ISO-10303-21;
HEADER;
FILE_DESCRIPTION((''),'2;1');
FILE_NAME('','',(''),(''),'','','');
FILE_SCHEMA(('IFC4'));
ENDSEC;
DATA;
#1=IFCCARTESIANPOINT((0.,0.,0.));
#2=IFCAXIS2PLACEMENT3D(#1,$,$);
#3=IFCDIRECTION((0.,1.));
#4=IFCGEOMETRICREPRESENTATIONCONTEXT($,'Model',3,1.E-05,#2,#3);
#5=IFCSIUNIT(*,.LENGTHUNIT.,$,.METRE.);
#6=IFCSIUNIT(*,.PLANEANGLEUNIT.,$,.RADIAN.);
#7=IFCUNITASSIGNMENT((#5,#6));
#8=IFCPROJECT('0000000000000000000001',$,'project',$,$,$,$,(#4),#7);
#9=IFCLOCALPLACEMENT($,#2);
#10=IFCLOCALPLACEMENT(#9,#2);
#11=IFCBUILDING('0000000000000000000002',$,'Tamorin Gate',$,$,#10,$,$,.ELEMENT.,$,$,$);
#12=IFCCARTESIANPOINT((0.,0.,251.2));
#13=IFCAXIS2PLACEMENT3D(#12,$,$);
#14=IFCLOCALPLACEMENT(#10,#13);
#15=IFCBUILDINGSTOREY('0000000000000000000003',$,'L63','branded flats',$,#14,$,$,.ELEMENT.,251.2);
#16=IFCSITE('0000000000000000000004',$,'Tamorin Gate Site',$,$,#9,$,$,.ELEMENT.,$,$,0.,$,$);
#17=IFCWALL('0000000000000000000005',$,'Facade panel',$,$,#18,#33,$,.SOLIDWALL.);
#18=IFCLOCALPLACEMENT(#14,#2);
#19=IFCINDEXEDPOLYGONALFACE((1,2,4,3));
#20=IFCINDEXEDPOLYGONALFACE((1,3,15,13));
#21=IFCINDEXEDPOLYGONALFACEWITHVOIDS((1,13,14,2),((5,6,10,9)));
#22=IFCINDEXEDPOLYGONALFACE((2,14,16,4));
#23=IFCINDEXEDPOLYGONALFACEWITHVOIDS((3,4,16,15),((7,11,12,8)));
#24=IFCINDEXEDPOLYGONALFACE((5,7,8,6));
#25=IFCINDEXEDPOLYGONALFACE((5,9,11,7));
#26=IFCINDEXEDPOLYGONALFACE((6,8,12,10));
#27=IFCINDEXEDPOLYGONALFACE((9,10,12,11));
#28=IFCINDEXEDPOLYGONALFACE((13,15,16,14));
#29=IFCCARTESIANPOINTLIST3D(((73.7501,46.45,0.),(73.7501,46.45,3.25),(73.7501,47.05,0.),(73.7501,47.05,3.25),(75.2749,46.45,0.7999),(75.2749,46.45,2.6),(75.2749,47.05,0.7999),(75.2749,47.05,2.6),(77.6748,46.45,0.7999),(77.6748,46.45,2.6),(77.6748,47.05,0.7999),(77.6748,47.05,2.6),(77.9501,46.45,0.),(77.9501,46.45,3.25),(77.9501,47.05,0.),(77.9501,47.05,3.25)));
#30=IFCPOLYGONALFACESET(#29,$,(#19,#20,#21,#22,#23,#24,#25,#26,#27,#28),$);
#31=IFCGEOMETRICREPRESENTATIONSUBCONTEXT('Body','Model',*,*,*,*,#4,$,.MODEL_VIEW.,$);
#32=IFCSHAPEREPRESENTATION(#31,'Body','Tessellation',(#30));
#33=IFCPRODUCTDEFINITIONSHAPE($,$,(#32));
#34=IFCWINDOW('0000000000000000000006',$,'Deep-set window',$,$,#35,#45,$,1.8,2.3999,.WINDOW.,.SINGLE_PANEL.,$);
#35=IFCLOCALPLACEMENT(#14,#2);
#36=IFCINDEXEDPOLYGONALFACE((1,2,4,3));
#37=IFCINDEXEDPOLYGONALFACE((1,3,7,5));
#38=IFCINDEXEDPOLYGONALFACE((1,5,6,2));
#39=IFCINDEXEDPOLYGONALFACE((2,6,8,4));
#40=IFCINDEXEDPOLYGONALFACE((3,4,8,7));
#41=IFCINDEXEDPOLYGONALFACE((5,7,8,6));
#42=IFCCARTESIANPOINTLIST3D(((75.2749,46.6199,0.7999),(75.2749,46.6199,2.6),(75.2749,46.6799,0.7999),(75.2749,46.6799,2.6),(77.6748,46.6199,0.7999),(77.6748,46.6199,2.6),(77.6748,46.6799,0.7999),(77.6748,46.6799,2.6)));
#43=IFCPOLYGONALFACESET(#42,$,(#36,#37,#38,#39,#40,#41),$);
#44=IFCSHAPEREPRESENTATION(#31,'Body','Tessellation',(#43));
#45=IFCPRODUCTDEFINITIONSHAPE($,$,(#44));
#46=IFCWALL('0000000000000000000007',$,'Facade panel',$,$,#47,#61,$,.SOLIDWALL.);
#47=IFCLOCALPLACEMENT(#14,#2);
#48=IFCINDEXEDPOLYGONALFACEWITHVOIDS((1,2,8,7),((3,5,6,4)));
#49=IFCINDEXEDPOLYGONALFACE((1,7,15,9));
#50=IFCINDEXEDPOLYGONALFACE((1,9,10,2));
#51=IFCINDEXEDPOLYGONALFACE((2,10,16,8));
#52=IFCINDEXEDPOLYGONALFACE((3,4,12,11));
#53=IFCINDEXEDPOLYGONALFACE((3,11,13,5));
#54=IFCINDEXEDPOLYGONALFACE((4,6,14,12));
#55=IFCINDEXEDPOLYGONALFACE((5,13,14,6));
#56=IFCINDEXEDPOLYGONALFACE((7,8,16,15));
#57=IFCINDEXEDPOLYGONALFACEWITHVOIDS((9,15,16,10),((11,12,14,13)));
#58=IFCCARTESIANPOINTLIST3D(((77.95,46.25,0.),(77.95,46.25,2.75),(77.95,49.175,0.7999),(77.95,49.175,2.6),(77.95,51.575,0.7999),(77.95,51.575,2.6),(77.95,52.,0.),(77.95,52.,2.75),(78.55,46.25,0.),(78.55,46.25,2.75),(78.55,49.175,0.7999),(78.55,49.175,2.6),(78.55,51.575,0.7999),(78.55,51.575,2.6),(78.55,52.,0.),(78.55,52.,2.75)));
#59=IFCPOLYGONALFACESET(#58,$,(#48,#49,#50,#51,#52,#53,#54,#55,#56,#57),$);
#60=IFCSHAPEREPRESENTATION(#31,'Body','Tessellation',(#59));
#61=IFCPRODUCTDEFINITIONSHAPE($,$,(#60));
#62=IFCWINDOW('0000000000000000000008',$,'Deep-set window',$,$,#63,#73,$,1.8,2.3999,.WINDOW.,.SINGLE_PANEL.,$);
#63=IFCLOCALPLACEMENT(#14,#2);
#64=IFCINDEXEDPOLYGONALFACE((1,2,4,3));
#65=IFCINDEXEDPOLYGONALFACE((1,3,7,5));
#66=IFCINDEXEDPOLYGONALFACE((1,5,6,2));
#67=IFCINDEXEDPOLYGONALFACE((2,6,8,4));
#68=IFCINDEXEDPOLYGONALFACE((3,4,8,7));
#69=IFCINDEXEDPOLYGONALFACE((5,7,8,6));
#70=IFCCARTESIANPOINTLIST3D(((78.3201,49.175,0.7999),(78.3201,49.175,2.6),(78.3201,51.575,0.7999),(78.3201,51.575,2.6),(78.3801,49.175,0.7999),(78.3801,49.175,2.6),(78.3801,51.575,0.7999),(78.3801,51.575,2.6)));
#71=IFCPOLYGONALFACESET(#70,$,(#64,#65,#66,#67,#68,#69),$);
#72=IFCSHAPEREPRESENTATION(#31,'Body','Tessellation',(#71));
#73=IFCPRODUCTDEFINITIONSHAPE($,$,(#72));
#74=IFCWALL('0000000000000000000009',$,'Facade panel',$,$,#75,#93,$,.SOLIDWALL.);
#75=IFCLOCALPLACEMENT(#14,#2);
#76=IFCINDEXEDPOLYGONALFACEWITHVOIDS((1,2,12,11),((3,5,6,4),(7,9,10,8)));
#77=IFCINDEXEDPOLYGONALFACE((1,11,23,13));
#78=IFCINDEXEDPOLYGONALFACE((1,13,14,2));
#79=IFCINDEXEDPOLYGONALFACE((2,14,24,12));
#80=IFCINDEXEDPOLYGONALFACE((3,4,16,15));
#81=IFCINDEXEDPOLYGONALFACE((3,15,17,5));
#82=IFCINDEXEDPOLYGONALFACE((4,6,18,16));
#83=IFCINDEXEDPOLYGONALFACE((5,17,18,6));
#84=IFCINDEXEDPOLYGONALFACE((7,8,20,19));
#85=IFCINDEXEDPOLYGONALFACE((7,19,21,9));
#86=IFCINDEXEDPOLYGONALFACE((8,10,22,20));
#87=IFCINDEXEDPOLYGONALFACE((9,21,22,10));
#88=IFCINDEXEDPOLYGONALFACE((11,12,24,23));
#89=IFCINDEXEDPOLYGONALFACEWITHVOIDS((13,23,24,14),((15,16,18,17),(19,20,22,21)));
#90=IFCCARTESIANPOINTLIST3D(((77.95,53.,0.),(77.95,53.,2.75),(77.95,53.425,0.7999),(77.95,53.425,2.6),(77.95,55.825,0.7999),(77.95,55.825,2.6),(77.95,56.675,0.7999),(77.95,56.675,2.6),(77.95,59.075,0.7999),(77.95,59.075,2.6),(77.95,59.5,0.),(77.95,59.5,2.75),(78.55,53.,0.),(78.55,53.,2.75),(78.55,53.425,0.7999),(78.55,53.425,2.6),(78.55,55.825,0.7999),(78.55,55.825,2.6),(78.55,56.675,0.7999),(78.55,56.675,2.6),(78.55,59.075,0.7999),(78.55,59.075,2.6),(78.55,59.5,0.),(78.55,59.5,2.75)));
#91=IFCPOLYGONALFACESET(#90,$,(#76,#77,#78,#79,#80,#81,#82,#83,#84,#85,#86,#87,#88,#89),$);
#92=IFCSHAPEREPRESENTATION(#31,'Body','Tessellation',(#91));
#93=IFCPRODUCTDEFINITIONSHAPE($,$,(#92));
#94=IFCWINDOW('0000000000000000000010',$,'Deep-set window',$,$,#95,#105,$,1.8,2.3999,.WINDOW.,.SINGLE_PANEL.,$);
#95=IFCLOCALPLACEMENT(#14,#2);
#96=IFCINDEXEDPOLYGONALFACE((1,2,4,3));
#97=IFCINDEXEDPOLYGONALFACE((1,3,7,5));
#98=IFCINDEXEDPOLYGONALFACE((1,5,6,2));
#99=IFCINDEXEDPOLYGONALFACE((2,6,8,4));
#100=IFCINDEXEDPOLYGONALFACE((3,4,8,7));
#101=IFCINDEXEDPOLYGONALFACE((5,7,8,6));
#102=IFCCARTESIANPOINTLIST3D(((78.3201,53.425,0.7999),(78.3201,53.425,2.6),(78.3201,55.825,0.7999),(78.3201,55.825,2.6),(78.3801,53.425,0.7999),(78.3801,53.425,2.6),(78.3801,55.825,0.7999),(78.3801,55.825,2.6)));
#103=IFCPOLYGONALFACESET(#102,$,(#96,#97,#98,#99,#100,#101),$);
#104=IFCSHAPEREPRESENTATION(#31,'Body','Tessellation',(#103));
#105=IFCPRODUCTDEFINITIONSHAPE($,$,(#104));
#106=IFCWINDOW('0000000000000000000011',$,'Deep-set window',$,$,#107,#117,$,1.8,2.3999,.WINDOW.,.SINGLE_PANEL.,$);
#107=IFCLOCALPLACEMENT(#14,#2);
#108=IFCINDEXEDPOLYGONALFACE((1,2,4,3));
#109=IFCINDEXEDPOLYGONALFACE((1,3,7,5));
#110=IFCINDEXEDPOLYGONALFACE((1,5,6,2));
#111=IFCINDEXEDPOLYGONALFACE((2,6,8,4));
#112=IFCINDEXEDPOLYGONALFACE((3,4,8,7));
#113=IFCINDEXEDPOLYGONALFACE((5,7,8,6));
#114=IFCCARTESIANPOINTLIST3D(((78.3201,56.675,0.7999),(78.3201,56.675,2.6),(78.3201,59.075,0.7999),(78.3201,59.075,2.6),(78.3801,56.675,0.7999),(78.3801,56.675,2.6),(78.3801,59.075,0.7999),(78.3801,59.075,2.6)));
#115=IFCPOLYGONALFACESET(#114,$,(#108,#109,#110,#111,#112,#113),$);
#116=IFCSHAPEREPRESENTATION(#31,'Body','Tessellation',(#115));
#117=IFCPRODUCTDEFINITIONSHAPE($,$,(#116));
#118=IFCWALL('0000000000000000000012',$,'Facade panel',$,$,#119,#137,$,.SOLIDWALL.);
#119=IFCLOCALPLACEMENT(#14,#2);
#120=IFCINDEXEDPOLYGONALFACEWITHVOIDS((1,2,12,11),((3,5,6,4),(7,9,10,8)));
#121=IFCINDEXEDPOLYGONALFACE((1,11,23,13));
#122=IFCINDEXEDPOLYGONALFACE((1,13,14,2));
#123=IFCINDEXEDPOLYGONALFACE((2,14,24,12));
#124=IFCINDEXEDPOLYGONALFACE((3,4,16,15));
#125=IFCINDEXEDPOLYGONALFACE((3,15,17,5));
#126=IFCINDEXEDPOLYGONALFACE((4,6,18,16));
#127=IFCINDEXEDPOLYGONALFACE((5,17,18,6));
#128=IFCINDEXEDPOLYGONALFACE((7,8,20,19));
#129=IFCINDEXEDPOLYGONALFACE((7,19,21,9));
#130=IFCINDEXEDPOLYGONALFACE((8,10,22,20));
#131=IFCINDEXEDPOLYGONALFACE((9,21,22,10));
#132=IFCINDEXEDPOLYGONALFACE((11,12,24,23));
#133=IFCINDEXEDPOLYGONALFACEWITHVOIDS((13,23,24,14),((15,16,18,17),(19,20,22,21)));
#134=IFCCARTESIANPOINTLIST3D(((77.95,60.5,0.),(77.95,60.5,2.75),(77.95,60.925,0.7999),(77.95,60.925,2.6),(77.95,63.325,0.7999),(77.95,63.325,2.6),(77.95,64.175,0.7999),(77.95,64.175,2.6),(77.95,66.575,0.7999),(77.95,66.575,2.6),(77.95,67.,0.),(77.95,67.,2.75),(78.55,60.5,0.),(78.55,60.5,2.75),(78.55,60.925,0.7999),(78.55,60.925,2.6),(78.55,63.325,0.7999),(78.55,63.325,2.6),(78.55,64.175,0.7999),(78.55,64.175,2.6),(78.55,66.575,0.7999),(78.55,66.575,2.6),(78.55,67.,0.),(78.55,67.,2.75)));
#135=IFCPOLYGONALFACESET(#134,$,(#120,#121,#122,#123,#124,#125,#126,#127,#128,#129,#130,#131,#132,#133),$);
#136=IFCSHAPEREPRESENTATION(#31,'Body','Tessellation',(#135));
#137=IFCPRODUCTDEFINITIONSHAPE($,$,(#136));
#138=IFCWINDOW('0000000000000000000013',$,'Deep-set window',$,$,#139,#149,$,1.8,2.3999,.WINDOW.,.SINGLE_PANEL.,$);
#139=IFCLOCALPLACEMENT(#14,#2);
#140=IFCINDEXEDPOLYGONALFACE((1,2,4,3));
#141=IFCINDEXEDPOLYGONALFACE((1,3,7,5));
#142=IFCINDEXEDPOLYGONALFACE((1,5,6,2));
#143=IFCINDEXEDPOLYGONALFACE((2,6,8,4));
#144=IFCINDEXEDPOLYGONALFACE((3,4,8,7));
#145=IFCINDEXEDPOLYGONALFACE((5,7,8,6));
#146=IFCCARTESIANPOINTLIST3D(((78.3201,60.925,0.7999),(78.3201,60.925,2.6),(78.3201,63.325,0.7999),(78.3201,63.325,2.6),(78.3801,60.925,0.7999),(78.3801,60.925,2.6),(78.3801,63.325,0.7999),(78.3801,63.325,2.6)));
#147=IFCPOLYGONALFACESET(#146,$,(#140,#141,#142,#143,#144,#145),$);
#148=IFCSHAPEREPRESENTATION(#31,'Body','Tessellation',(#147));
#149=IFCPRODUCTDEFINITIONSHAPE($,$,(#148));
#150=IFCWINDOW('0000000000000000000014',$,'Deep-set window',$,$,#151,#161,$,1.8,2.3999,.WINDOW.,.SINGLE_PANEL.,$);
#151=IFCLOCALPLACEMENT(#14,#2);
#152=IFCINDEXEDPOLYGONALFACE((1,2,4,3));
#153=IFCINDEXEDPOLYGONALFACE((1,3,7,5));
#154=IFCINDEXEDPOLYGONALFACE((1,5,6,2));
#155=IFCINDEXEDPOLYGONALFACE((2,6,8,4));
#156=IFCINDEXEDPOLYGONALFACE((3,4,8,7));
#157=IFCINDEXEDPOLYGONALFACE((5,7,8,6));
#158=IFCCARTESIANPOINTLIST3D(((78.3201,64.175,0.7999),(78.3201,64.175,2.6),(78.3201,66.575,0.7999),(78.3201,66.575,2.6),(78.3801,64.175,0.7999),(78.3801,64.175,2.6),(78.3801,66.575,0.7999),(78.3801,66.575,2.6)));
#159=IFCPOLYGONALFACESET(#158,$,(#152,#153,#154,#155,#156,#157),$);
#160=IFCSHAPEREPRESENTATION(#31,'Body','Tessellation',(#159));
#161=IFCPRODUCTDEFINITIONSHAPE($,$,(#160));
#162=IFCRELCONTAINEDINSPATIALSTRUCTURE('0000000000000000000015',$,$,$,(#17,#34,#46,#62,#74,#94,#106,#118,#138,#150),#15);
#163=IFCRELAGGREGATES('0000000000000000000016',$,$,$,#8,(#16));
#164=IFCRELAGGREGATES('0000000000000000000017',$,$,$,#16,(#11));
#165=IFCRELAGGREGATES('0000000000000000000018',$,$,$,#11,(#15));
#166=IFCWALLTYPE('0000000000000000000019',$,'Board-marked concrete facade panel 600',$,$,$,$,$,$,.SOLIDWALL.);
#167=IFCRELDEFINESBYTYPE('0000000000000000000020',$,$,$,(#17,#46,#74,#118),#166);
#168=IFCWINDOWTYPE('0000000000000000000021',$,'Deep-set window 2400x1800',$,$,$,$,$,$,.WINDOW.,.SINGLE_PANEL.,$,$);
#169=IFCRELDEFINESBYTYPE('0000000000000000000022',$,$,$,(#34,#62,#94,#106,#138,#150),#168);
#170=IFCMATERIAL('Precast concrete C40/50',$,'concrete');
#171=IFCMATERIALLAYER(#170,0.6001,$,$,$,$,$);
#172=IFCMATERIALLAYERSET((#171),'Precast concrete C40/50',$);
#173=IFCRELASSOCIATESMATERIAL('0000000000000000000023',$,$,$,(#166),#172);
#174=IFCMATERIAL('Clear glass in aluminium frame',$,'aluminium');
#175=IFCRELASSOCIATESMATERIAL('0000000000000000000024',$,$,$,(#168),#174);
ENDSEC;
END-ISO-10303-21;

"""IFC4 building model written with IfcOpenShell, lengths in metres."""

from ifc_helpers import new_model, si_unit, direction, frame, frame_2d, origin, place, context, subcontext, project, spatial, rectangle, extrude, material, layer, layer_set, type_object, element, fill, save


model = new_model("IFC4")

# Units and contexts
model_context = context("Model", 3, precision=1e-05, world=origin(), true_north=direction((0.0, 1.0)))
body_context = subcontext(model_context, "Body", "Model", "MODEL_VIEW")
ifc_project = project(units=[si_unit("LENGTHUNIT", "METRE"), si_unit("PLANEANGLEUNIT", "RADIAN")], contexts=[model_context])

# Site, building, storey
site_placement = place(None, origin())
site = spatial("IfcSite", under=ifc_project, at=site_placement, Name="Tamorin Gate Site", CompositionType="ELEMENT", RefElevation=0.0)
building_placement = place(site_placement, origin())
building = spatial("IfcBuilding", under=site, at=building_placement, Name="Tamorin Gate", CompositionType="ELEMENT")
storey_placement = place(building_placement, frame((0.0, 0.0, 251.2)))
storey = spatial("IfcBuildingStorey", under=building, at=storey_placement, Name="L63", Description="branded flats", CompositionType="ELEMENT", Elevation=251.2)

# Walls, openings, windows
ifc_material_1 = material(Name="Precast concrete C40/50", Category="concrete")
ifc_layer = layer(ifc_material_1, 0.6001)
ifc_layer_set = layer_set([ifc_layer], Name="Precast concrete C40/50")
wall_type = type_object("IfcWallType", Name="Board-marked concrete facade panel 600", PredefinedType="SOLIDWALL", material=ifc_layer_set)
ifc_material_2 = material(Name="Clear glass in aluminium frame", Category="aluminium")
window_type = type_object("IfcWindowType", Name="Deep-set window 2400x1800", PartitioningType="SINGLE_PANEL", PredefinedType="WINDOW", material=ifc_material_2)
wall_1_placement = place(storey_placement, frame((73.75, 46.75, 0.0), z_axis=(0.0, 0.0, 1.0), x_axis=(1.0, 0.0, 0.0)))
wall_1 = element("IfcWall", 1, at=wall_1_placement, inside=storey, type_object=wall_type, Name="Facade panel", PredefinedType="SOLIDWALL", context=body_context, shape_type="SweptSolid", body=[
    extrude(rectangle(XDim=4.2, YDim=0.6001, at=frame_2d((2.1001, 0.0))), origin(), (0.0, 0.0, 1.0), 3.25),
])
opening_1_placement = place(wall_1_placement, frame((1.5249, 0.0, 0.8)))
opening_1 = element("IfcOpeningElement", 2, at=opening_1_placement, cuts=wall_1, PredefinedType="OPENING", context=body_context, shape_type="SweptSolid", body=[
    extrude(rectangle(XDim=2.3999, YDim=1.8, at=frame_2d((1.2, 0.8999))), frame((0.0, 0.3101, 0.0), z_axis=(0.0, -1.0, 0.0), x_axis=(1.0, 0.0, 0.0)), (0.0, 0.0, 1.0), 0.6201),
])
window_1_placement = place(opening_1_placement, origin())
window_1 = element("IfcWindow", 3, at=window_1_placement, inside=storey, type_object=window_type, Name="Deep-set window", OverallHeight=1.8, OverallWidth=2.3999, PartitioningType="SINGLE_PANEL", PredefinedType="WINDOW", context=body_context, shape_type="SweptSolid", body=[
    extrude(rectangle(XDim=2.3999, YDim=1.8, at=frame_2d((1.2, 0.8999))), frame((0.0, -0.0701, 0.0), z_axis=(0.0, -1.0, 0.0), x_axis=(1.0, 0.0, 0.0)), (0.0, 0.0, 1.0), 0.0601),
])
fill(opening_1, window_1)
wall_2_placement = place(storey_placement, frame((78.25, 46.25, 0.0), z_axis=(0.0, 0.0, 1.0), x_axis=(0.0, 1.0, 0.0)))
wall_2 = element("IfcWall", 4, at=wall_2_placement, inside=storey, type_object=wall_type, Name="Facade panel", PredefinedType="SOLIDWALL", context=body_context, shape_type="SweptSolid", body=[
    extrude(rectangle(XDim=5.75, YDim=0.6001, at=frame_2d((2.875, 0.0))), origin(), (0.0, 0.0, 1.0), 2.75),
])
opening_2_placement = place(wall_2_placement, frame((2.925, 0.0, 0.8)))
opening_2 = element("IfcOpeningElement", 5, at=opening_2_placement, cuts=wall_2, PredefinedType="OPENING", context=body_context, shape_type="SweptSolid", body=[
    extrude(rectangle(XDim=2.3999, YDim=1.8, at=frame_2d((1.2, 0.8999))), frame((0.0, 0.3101, 0.0), z_axis=(0.0, -1.0, 0.0), x_axis=(1.0, 0.0, 0.0)), (0.0, 0.0, 1.0), 0.6201),
])
window_2_placement = place(opening_2_placement, origin())
window_2 = element("IfcWindow", 6, at=window_2_placement, inside=storey, type_object=window_type, Name="Deep-set window", OverallHeight=1.8, OverallWidth=2.3999, PartitioningType="SINGLE_PANEL", PredefinedType="WINDOW", context=body_context, shape_type="SweptSolid", body=[
    extrude(rectangle(XDim=2.3999, YDim=1.8, at=frame_2d((1.2, 0.8999))), frame((0.0, -0.0701, 0.0), z_axis=(0.0, -1.0, 0.0), x_axis=(1.0, 0.0, 0.0)), (0.0, 0.0, 1.0), 0.0601),
])
fill(opening_2, window_2)

# Walls, openings, windows
wall_3_placement = place(storey_placement, frame((78.25, 53.0, 0.0), z_axis=(0.0, 0.0, 1.0), x_axis=(0.0, 1.0, 0.0)))
wall_3 = element("IfcWall", 7, at=wall_3_placement, inside=storey, type_object=wall_type, Name="Facade panel", PredefinedType="SOLIDWALL", context=body_context, shape_type="SweptSolid", body=[
    extrude(rectangle(XDim=6.5, YDim=0.6001, at=frame_2d((3.25, 0.0))), origin(), (0.0, 0.0, 1.0), 2.75),
])
opening_3_placement = place(wall_3_placement, frame((0.425, 0.0, 0.8)))
opening_3 = element("IfcOpeningElement", 8, at=opening_3_placement, cuts=wall_3, PredefinedType="OPENING", context=body_context, shape_type="SweptSolid", body=[
    extrude(rectangle(XDim=2.3999, YDim=1.8, at=frame_2d((1.2, 0.8999))), frame((0.0, 0.3101, 0.0), z_axis=(0.0, -1.0, 0.0), x_axis=(1.0, 0.0, 0.0)), (0.0, 0.0, 1.0), 0.6201),
])
opening_4_placement = place(wall_3_placement, frame((3.675, 0.0, 0.8)))
opening_4 = element("IfcOpeningElement", 9, at=opening_4_placement, cuts=wall_3, PredefinedType="OPENING", context=body_context, shape_type="SweptSolid", body=[
    extrude(rectangle(XDim=2.3999, YDim=1.8, at=frame_2d((1.2, 0.8999))), frame((0.0, 0.3101, 0.0), z_axis=(0.0, -1.0, 0.0), x_axis=(1.0, 0.0, 0.0)), (0.0, 0.0, 1.0), 0.6201),
])
window_3_placement = place(opening_3_placement, origin())
window_3 = element("IfcWindow", 10, at=window_3_placement, inside=storey, type_object=window_type, Name="Deep-set window", OverallHeight=1.8, OverallWidth=2.3999, PartitioningType="SINGLE_PANEL", PredefinedType="WINDOW", context=body_context, shape_type="SweptSolid", body=[
    extrude(rectangle(XDim=2.3999, YDim=1.8, at=frame_2d((1.2, 0.8999))), frame((0.0, -0.0701, 0.0), z_axis=(0.0, -1.0, 0.0), x_axis=(1.0, 0.0, 0.0)), (0.0, 0.0, 1.0), 0.0601),
])
fill(opening_3, window_3)
window_4_placement = place(opening_4_placement, origin())
window_4 = element("IfcWindow", 11, at=window_4_placement, inside=storey, type_object=window_type, Name="Deep-set window", OverallHeight=1.8, OverallWidth=2.3999, PartitioningType="SINGLE_PANEL", PredefinedType="WINDOW", context=body_context, shape_type="SweptSolid", body=[
    extrude(rectangle(XDim=2.3999, YDim=1.8, at=frame_2d((1.2, 0.8999))), frame((0.0, -0.0701, 0.0), z_axis=(0.0, -1.0, 0.0), x_axis=(1.0, 0.0, 0.0)), (0.0, 0.0, 1.0), 0.0601),
])
fill(opening_4, window_4)
wall_4_placement = place(storey_placement, frame((78.25, 60.5, 0.0), z_axis=(0.0, 0.0, 1.0), x_axis=(0.0, 1.0, 0.0)))
wall_4 = element("IfcWall", 12, at=wall_4_placement, inside=storey, type_object=wall_type, Name="Facade panel", PredefinedType="SOLIDWALL", context=body_context, shape_type="SweptSolid", body=[
    extrude(rectangle(XDim=6.5, YDim=0.6001, at=frame_2d((3.25, 0.0))), origin(), (0.0, 0.0, 1.0), 2.75),
])
opening_5_placement = place(wall_4_placement, frame((0.425, 0.0, 0.8)))
opening_5 = element("IfcOpeningElement", 13, at=opening_5_placement, cuts=wall_4, PredefinedType="OPENING", context=body_context, shape_type="SweptSolid", body=[
    extrude(rectangle(XDim=2.3999, YDim=1.8, at=frame_2d((1.2, 0.8999))), frame((0.0, 0.3101, 0.0), z_axis=(0.0, -1.0, 0.0), x_axis=(1.0, 0.0, 0.0)), (0.0, 0.0, 1.0), 0.6201),
])
opening_6_placement = place(wall_4_placement, frame((3.675, 0.0, 0.8)))
opening_6 = element("IfcOpeningElement", 14, at=opening_6_placement, cuts=wall_4, PredefinedType="OPENING", context=body_context, shape_type="SweptSolid", body=[
    extrude(rectangle(XDim=2.3999, YDim=1.8, at=frame_2d((1.2, 0.8999))), frame((0.0, 0.3101, 0.0), z_axis=(0.0, -1.0, 0.0), x_axis=(1.0, 0.0, 0.0)), (0.0, 0.0, 1.0), 0.6201),
])
window_5_placement = place(opening_5_placement, origin())
window_5 = element("IfcWindow", 15, at=window_5_placement, inside=storey, type_object=window_type, Name="Deep-set window", OverallHeight=1.8, OverallWidth=2.3999, PartitioningType="SINGLE_PANEL", PredefinedType="WINDOW", context=body_context, shape_type="SweptSolid", body=[
    extrude(rectangle(XDim=2.3999, YDim=1.8, at=frame_2d((1.2, 0.8999))), frame((0.0, -0.0701, 0.0), z_axis=(0.0, -1.0, 0.0), x_axis=(1.0, 0.0, 0.0)), (0.0, 0.0, 1.0), 0.0601),
])
fill(opening_5, window_5)
window_6_placement = place(opening_6_placement, origin())
window_6 = element("IfcWindow", 16, at=window_6_placement, inside=storey, type_object=window_type, Name="Deep-set window", OverallHeight=1.8, OverallWidth=2.3999, PartitioningType="SINGLE_PANEL", PredefinedType="WINDOW", context=body_context, shape_type="SweptSolid", body=[
    extrude(rectangle(XDim=2.3999, YDim=1.8, at=frame_2d((1.2, 0.8999))), frame((0.0, -0.0701, 0.0), z_axis=(0.0, -1.0, 0.0), x_axis=(1.0, 0.0, 0.0)), (0.0, 0.0, 1.0), 0.0601),
])
fill(opening_6, window_6)

save(model, "model.ifc")
